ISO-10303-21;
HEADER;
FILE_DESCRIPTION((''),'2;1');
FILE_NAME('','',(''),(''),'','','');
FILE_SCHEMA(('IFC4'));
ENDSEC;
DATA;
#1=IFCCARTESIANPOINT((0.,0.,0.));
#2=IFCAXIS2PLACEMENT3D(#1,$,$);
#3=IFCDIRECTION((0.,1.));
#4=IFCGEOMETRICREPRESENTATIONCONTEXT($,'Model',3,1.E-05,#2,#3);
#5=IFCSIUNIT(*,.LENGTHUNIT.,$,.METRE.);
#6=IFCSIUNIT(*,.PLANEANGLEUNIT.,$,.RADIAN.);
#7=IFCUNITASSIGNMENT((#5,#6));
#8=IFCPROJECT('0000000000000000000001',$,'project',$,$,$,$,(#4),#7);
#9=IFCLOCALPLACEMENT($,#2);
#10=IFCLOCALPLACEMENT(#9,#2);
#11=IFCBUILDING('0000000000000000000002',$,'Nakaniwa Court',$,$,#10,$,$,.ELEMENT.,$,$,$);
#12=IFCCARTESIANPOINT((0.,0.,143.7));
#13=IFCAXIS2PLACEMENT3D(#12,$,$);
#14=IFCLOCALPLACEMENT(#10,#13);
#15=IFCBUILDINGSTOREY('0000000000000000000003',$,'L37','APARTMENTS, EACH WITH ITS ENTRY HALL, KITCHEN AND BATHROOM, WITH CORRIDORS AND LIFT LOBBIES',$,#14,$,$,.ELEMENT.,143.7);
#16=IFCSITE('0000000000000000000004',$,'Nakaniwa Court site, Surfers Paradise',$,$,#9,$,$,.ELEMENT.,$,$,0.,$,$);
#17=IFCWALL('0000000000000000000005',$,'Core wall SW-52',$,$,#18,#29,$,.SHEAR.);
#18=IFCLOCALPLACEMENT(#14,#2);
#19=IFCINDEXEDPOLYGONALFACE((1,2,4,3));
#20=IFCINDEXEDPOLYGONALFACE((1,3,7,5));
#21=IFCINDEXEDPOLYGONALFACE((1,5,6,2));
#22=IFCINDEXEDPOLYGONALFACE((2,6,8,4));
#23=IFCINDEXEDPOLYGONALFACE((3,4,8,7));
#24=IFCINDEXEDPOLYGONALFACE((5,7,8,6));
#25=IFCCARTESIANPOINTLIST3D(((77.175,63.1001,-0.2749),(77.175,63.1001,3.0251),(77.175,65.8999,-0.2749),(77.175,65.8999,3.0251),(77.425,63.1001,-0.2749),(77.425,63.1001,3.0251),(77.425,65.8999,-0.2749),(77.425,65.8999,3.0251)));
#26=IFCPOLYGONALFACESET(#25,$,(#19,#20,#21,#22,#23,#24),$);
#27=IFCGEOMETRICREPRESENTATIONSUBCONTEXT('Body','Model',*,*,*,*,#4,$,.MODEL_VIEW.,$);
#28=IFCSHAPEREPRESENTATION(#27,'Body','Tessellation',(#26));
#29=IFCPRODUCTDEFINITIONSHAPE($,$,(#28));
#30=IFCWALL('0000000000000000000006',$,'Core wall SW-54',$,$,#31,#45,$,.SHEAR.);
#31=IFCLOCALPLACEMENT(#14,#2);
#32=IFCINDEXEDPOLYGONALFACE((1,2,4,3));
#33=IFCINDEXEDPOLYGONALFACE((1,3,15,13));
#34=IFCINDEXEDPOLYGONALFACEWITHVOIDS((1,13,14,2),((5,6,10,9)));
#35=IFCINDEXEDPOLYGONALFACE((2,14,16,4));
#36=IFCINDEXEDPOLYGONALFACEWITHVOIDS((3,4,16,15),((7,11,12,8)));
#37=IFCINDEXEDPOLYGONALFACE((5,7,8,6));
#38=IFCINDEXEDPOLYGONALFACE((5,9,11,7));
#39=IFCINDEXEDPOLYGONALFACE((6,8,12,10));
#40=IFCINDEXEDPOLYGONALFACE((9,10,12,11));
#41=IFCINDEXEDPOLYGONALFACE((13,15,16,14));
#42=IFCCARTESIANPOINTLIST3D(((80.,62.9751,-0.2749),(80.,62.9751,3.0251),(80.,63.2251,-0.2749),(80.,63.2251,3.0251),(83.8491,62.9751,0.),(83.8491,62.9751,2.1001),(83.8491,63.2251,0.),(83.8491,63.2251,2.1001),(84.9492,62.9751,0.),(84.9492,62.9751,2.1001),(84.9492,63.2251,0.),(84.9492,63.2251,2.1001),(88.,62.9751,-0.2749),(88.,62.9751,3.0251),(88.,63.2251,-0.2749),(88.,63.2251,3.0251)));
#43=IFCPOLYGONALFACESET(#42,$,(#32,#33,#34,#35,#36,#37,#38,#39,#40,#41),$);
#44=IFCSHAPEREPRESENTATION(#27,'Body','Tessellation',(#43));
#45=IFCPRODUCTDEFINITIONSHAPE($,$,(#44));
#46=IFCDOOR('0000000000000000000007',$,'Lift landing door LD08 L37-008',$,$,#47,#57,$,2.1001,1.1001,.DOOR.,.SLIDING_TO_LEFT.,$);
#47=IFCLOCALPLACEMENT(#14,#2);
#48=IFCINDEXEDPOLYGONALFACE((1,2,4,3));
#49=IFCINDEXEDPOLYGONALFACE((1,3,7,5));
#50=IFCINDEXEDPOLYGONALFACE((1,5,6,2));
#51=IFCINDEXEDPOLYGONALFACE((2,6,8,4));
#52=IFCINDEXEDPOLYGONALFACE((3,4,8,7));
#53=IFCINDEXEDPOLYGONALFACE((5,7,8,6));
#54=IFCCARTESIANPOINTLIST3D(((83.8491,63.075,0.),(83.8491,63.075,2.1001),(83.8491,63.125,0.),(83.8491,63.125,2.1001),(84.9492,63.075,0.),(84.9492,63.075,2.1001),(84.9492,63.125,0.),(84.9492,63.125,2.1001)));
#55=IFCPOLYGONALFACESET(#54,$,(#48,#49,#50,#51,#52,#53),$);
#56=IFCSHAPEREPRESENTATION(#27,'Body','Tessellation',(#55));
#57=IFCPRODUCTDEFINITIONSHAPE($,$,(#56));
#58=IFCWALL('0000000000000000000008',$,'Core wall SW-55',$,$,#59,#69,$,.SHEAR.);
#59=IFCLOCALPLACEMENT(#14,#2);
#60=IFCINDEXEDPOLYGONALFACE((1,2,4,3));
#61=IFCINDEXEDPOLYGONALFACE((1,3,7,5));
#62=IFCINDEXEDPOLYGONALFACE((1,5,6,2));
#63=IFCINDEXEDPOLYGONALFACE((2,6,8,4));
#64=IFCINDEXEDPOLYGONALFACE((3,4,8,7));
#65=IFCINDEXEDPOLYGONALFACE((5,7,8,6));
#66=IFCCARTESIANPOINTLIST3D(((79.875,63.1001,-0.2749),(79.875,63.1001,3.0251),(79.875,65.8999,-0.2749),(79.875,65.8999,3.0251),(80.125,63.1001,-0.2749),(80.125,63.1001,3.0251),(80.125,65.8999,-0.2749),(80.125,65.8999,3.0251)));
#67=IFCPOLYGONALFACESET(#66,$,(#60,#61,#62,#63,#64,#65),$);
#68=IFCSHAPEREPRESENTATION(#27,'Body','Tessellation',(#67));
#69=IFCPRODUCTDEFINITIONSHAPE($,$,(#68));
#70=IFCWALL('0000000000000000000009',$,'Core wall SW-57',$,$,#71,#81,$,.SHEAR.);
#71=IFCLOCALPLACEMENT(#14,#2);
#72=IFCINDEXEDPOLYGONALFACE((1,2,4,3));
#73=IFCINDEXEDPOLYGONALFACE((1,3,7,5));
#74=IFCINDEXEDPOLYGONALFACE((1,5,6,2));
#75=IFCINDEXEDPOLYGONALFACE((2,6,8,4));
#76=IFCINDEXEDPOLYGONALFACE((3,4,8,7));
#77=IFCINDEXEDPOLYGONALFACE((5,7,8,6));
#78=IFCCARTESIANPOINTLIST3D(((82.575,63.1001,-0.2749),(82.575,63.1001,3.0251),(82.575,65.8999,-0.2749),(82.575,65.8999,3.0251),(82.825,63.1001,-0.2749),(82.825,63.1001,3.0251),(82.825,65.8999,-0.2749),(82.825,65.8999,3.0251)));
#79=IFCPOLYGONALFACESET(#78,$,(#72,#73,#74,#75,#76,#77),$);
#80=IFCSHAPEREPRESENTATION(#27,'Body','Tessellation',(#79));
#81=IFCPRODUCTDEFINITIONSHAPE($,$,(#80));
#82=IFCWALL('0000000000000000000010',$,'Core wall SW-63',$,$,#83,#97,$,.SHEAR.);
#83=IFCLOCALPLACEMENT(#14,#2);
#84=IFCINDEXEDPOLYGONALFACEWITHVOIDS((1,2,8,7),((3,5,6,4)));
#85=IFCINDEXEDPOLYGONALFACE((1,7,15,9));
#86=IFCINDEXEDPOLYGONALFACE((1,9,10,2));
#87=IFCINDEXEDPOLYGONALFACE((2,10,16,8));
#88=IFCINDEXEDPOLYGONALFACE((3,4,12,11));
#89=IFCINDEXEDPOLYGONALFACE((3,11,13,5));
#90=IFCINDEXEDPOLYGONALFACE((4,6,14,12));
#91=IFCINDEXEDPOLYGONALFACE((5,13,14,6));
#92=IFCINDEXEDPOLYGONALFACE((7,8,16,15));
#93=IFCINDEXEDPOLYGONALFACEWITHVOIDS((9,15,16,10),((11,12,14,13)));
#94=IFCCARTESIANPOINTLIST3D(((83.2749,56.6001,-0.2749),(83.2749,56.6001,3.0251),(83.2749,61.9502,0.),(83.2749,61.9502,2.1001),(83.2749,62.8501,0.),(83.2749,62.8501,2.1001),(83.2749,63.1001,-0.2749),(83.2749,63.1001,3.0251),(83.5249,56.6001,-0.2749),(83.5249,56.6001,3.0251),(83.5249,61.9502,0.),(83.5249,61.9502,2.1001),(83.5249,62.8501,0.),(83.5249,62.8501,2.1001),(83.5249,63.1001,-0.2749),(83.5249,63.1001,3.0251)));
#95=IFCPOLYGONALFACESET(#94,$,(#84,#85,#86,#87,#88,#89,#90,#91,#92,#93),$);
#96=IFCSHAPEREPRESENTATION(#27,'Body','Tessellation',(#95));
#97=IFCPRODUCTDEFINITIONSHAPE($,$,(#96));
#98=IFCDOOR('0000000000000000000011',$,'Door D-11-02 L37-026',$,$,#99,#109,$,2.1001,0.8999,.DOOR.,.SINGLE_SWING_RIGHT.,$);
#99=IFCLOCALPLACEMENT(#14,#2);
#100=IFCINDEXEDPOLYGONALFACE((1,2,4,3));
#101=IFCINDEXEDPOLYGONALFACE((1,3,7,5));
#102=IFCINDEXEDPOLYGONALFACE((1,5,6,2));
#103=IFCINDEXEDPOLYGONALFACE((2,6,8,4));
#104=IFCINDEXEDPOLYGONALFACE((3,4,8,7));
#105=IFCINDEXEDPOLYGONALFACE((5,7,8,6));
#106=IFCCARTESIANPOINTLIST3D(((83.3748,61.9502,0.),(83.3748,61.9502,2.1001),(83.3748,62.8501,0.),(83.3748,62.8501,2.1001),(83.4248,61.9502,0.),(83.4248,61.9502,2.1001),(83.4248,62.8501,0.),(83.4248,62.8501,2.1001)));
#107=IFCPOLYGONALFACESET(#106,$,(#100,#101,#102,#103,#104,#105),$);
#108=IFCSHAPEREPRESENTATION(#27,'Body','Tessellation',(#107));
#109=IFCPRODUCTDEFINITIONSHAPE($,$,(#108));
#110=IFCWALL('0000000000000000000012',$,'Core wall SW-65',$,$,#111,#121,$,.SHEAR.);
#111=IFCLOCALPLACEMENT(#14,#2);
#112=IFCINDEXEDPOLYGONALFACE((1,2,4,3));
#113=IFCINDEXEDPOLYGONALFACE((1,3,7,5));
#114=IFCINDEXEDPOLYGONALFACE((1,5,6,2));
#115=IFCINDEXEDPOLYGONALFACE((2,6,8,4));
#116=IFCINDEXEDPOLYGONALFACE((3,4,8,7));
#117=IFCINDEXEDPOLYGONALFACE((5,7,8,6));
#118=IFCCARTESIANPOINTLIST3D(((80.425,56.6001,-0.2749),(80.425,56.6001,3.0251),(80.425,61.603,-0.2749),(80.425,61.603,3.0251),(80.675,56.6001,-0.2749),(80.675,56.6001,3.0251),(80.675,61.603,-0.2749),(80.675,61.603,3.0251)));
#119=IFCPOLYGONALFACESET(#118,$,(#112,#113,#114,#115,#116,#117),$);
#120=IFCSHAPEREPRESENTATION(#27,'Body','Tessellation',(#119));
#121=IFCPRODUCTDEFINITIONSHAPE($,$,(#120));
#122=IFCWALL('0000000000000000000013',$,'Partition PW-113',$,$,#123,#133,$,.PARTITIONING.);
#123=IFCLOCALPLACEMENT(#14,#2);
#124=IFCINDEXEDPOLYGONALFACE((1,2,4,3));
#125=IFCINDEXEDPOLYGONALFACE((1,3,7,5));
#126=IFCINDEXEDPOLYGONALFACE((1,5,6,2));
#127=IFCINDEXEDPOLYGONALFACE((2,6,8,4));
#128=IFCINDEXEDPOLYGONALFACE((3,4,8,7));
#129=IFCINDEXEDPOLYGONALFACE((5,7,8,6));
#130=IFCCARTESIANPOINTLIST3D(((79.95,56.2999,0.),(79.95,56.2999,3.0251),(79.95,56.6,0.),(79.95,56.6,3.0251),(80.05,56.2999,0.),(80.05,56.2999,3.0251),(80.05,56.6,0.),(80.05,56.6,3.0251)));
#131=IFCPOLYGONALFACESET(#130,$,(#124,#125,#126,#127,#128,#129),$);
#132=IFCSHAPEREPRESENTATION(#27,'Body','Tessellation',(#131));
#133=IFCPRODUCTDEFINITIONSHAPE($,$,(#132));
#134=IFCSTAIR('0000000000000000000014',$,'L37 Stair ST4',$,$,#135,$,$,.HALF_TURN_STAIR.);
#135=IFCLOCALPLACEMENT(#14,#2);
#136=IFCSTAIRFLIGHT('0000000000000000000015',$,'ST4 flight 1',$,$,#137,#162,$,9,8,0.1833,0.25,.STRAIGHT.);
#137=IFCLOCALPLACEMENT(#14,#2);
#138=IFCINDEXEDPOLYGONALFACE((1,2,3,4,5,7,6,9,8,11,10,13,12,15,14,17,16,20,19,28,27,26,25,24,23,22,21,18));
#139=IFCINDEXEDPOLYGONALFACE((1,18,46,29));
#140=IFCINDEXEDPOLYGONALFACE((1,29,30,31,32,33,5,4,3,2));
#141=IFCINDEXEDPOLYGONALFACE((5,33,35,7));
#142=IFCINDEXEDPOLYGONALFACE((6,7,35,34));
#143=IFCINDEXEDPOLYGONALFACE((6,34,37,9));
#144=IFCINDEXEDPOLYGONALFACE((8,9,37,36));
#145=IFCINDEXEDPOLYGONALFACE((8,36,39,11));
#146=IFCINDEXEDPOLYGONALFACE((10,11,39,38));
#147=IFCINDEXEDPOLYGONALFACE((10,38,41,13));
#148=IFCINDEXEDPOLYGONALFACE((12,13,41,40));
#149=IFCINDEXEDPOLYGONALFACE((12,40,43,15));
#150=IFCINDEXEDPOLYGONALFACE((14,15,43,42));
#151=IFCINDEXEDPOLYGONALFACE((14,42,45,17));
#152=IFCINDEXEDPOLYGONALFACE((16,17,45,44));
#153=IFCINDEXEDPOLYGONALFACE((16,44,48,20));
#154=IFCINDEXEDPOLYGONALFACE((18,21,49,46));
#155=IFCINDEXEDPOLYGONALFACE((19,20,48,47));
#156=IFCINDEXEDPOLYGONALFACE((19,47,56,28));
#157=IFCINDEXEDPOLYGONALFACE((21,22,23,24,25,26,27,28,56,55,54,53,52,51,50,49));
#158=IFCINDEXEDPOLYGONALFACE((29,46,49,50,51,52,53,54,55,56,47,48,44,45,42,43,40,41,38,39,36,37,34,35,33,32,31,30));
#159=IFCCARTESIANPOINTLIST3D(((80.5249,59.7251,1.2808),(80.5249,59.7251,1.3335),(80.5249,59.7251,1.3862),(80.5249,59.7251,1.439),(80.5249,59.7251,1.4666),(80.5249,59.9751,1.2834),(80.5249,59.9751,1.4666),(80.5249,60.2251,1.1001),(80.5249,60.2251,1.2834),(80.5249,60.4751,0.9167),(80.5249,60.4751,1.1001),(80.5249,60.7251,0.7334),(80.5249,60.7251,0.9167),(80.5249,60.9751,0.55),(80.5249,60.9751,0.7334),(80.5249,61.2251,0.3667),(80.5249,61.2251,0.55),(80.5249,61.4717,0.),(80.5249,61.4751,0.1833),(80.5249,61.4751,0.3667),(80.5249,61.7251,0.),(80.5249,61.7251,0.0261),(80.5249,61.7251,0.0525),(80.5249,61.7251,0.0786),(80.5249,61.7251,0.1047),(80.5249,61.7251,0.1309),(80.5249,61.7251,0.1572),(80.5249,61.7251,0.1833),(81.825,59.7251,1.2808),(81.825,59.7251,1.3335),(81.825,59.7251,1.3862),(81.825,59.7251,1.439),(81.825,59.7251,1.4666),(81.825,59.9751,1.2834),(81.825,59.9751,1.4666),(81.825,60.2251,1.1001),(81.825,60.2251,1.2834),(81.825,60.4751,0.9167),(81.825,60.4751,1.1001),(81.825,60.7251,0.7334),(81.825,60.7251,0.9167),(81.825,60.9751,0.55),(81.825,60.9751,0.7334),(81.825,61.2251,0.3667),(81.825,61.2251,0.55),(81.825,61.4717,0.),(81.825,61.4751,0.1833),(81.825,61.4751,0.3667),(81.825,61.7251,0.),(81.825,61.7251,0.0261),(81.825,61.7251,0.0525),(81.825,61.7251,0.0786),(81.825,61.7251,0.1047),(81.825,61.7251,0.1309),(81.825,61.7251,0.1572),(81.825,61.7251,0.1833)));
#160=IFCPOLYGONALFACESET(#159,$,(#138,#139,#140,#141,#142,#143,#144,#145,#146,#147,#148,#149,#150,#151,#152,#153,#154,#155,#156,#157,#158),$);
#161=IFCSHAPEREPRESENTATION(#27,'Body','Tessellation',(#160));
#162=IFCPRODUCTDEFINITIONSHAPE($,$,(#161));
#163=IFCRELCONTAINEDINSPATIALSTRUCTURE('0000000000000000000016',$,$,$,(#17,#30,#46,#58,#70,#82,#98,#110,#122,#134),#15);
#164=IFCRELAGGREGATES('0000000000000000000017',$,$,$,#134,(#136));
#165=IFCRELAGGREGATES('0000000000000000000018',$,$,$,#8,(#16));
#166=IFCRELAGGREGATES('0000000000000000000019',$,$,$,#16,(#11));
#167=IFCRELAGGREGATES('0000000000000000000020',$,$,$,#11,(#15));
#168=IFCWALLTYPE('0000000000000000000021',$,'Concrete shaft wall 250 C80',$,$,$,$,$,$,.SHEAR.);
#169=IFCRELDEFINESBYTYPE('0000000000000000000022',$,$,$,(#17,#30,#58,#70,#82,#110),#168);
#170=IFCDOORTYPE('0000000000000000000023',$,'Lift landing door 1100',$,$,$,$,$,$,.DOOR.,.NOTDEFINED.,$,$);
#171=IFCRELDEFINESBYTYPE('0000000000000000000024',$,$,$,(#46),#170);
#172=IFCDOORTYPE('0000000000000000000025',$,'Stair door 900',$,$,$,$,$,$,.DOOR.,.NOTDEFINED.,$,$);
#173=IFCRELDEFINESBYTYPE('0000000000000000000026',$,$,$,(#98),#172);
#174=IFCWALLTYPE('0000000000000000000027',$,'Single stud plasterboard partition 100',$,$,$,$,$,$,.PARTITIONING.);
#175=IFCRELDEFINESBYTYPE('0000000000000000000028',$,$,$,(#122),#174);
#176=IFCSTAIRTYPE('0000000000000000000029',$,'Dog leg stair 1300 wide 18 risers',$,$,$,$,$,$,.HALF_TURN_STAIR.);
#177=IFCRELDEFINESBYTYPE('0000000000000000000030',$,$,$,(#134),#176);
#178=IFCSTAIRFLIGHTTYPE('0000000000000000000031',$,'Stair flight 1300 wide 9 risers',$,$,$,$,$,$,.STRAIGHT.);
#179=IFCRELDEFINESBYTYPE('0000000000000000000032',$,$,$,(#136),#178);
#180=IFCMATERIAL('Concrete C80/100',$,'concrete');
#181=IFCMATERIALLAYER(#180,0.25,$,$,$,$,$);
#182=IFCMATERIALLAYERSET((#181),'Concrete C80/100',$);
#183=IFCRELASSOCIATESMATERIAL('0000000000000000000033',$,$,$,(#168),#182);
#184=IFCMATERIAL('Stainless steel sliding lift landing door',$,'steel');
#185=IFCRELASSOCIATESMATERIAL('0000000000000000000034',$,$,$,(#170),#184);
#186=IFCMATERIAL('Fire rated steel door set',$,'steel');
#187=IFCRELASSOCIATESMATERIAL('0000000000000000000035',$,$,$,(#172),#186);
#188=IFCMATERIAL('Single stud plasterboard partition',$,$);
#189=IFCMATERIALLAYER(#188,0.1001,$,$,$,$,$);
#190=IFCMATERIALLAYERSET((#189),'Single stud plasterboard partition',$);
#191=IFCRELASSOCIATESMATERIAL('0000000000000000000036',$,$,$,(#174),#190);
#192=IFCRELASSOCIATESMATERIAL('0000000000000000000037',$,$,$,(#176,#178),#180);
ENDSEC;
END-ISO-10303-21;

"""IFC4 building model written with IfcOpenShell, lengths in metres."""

from ifc_helpers import new_model, si_unit, direction, frame, frame_2d, origin, place, context, subcontext, project, spatial, polyline, rectangle, outline, extrude, material, layer, layer_set, type_object, element, fill, aggregate, save


model = new_model("IFC4")

# Units and contexts
model_context = context("Model", 3, precision=1e-05, world=origin(), true_north=direction((0.0, 1.0)))
body_context = subcontext(model_context, "Body", "Model", "MODEL_VIEW")
ifc_project = project(units=[si_unit("LENGTHUNIT", "METRE"), si_unit("PLANEANGLEUNIT", "RADIAN")], contexts=[model_context])

# Site, building, storey
site_placement = place(None, origin())
site = spatial("IfcSite", under=ifc_project, at=site_placement, Name="Nakaniwa Court site, Surfers Paradise", CompositionType="ELEMENT", RefElevation=0.0)
building_placement = place(site_placement, origin())
building = spatial("IfcBuilding", under=site, at=building_placement, Name="Nakaniwa Court", CompositionType="ELEMENT")
storey_placement = place(building_placement, frame((0.0, 0.0, 143.7)))
storey = spatial("IfcBuildingStorey", under=building, at=storey_placement, Name="L37", Description="APARTMENTS, EACH WITH ITS ENTRY HALL, KITCHEN AND BATHROOM, WITH CORRIDORS AND LIFT LOBBIES", CompositionType="ELEMENT", Elevation=143.7)

# Shared definitions
ifc_material_1 = material(Name="Fire rated steel door set", Category="steel")

# Wall
ifc_material_2 = material(Name="Concrete C80/100", Category="concrete")
ifc_layer_1 = layer(ifc_material_2, 0.25)
ifc_layer_set_1 = layer_set([ifc_layer_1], Name="Concrete C80/100")
wall_type_1 = type_object("IfcWallType", Name="Concrete shaft wall 250 C80", PredefinedType="SHEAR", material=ifc_layer_set_1)
wall_1_placement = place(storey_placement, frame((77.3, 63.1001, -0.2749), z_axis=(0.0, 0.0, 1.0), x_axis=(0.0, 1.0, 0.0)))
element("IfcWall", 1, at=wall_1_placement, inside=storey, type_object=wall_type_1, Name="Core wall SW-52", PredefinedType="SHEAR", context=body_context, shape_type="SweptSolid", body=[
    extrude(rectangle(XDim=2.7998, YDim=0.25, at=frame_2d((1.3999, 0.0))), origin(), (0.0, 0.0, 1.0), 3.3),
])

# Wall, opening, door
wall_2_placement = place(storey_placement, frame((80.0, 63.1001, -0.2749), z_axis=(0.0, 0.0, 1.0), x_axis=(1.0, 0.0, 0.0)))
wall_2 = element("IfcWall", 2, at=wall_2_placement, inside=storey, type_object=wall_type_1, Name="Core wall SW-54", PredefinedType="SHEAR", context=body_context, shape_type="SweptSolid", body=[
    extrude(rectangle(XDim=8.0, YDim=0.25, at=frame_2d((4.0, 0.0))), origin(), (0.0, 0.0, 1.0), 3.3),
])
opening_1_placement = place(wall_2_placement, frame((3.8491, 0.0, 0.2749)))
opening_1 = element("IfcOpeningElement", 3, at=opening_1_placement, cuts=wall_2, PredefinedType="OPENING", context=body_context, shape_type="SweptSolid", body=[
    extrude(rectangle(XDim=1.1001, YDim=2.1001, at=frame_2d((0.55, 1.05))), frame((0.0, 0.135, 0.0), z_axis=(0.0, -1.0, 0.0), x_axis=(1.0, 0.0, 0.0)), (0.0, 0.0, 1.0), 0.27),
])
ifc_material_3 = material(Name="Stainless steel sliding lift landing door", Category="steel")
door_type_1 = type_object("IfcDoorType", Name="Lift landing door 1100", OperationType="NOTDEFINED", PredefinedType="DOOR", material=ifc_material_3)
door_1_placement = place(opening_1_placement, origin())
door_1 = element("IfcDoor", 4, at=door_1_placement, inside=storey, type_object=door_type_1, Name="Lift landing door LD08 L37-008", OperationType="SLIDING_TO_LEFT", OverallHeight=2.1001, OverallWidth=1.1001, PredefinedType="DOOR", context=body_context, shape_type="SweptSolid", body=[
    extrude(rectangle(XDim=1.1001, YDim=2.1001, at=frame_2d((0.55, 1.05))), frame((0.0, 0.0249, 0.0), z_axis=(0.0, -1.0, 0.0), x_axis=(1.0, 0.0, 0.0)), (0.0, 0.0, 1.0), 0.05),
])
fill(opening_1, door_1)

# Walls
for number, where, z_axis, x_axis, name in (
    (5, (80.0, 63.1001, -0.2749), (0.0, 0.0, 1.0), (0.0, 1.0, 0.0), "Core wall SW-55"),
    (6, (82.7, 63.1001, -0.2749), (0.0, 0.0, 1.0), (0.0, 1.0, 0.0), "Core wall SW-57"),
):
    element("IfcWall", number, at=place(storey_placement, frame(where, z_axis=z_axis, x_axis=x_axis)), inside=storey, type_object=wall_type_1, Name=name, PredefinedType="SHEAR", context=body_context, shape_type="SweptSolid", body=[
        extrude(rectangle(XDim=2.7998, YDim=0.25, at=frame_2d((1.3999, 0.0))), origin(), (0.0, 0.0, 1.0), 3.3),
    ])

# Wall, opening, door
wall_3_placement = place(storey_placement, frame((83.3999, 63.1001, -0.2749), z_axis=(0.0, 0.0, 1.0), x_axis=(0.0, -1.0, 0.0)))
wall_3 = element("IfcWall", 7, at=wall_3_placement, inside=storey, type_object=wall_type_1, Name="Core wall SW-63", PredefinedType="SHEAR", context=body_context, shape_type="SweptSolid", body=[
    extrude(rectangle(XDim=6.5, YDim=0.25, at=frame_2d((3.25, 0.0))), origin(), (0.0, 0.0, 1.0), 3.3),
])
opening_2_placement = place(wall_3_placement, frame((0.25, 0.0, 0.2749)))
opening_2 = element("IfcOpeningElement", 8, at=opening_2_placement, cuts=wall_3, PredefinedType="OPENING", context=body_context, shape_type="SweptSolid", body=[
    extrude(rectangle(XDim=0.8999, YDim=2.1001, at=frame_2d((0.45, 1.05))), frame((0.0, 0.135, 0.0), z_axis=(0.0, -1.0, 0.0), x_axis=(1.0, 0.0, 0.0)), (0.0, 0.0, 1.0), 0.27),
])
door_type_2 = type_object("IfcDoorType", Name="Stair door 900", OperationType="NOTDEFINED", PredefinedType="DOOR", material=ifc_material_1)
door_2_placement = place(opening_2_placement, origin())
door_2 = element("IfcDoor", 9, at=door_2_placement, inside=storey, type_object=door_type_2, Name="Door D-11-02 L37-026", OperationType="SINGLE_SWING_RIGHT", OverallHeight=2.1001, OverallWidth=0.8999, PredefinedType="DOOR", context=body_context, shape_type="SweptSolid", body=[
    extrude(rectangle(XDim=0.8999, YDim=2.1001, at=frame_2d((0.45, 1.05))), frame((0.0, 0.0249, 0.0), z_axis=(0.0, -1.0, 0.0), x_axis=(1.0, 0.0, 0.0)), (0.0, 0.0, 1.0), 0.05),
])
fill(opening_2, door_2)

# Walls
wall_4_placement = place(storey_placement, frame((80.55, 56.6001, -0.2749), z_axis=(0.0, 0.0, 1.0), x_axis=(0.0, 1.0, 0.0)))
element("IfcWall", 10, at=wall_4_placement, inside=storey, type_object=wall_type_1, Name="Core wall SW-65", PredefinedType="SHEAR", context=body_context, shape_type="SweptSolid", body=[
    extrude(rectangle(XDim=5.0029, YDim=0.25, at=frame_2d((2.5015, 0.0))), origin(), (0.0, 0.0, 1.0), 3.3),
])
ifc_material_4 = material(Name="Single stud plasterboard partition")
ifc_layer_2 = layer(ifc_material_4, 0.1001)
ifc_layer_set_2 = layer_set([ifc_layer_2], Name="Single stud plasterboard partition")
wall_type_2 = type_object("IfcWallType", Name="Single stud plasterboard partition 100", PredefinedType="PARTITIONING", material=ifc_layer_set_2)
wall_5_placement = place(storey_placement, frame((80.0, 56.3, 0.0), z_axis=(0.0, 0.0, 1.0), x_axis=(0.0, 1.0, 0.0)))
element("IfcWall", 11, at=wall_5_placement, inside=storey, type_object=wall_type_2, Name="Partition PW-113", PredefinedType="PARTITIONING", context=body_context, shape_type="SweptSolid", body=[
    extrude(rectangle(XDim=0.3, YDim=0.1001, at=frame_2d((0.1499, 0.0))), origin(), (0.0, 0.0, 1.0), 3.0251),
])

# Stair, stair flight
stair_type = type_object("IfcStairType", Name="Dog leg stair 1300 wide 18 risers", PredefinedType="HALF_TURN_STAIR", material=ifc_material_2)
stair_placement = place(storey_placement, origin())
stair = element("IfcStair", 12, at=stair_placement, inside=storey, type_object=stair_type, Name="L37 Stair ST4", PredefinedType="HALF_TURN_STAIR")
stair_flight_type = type_object("IfcStairFlightType", Name="Stair flight 1300 wide 9 risers", PredefinedType="STRAIGHT", material=ifc_material_2)
stair_flight_1_placement = place(storey_placement, frame((81.175, 61.7251, 0.0), z_axis=(0.0, 0.0, 1.0), x_axis=(0.0, -1.0, 0.0)))
stair_flight_1 = element("IfcStairFlight", 13, at=stair_flight_1_placement, type_object=stair_flight_type, Name="ST4 flight 1", NumberOfRisers=9, NumberOfTreads=8, PredefinedType="STRAIGHT", RiserHeight=0.1833, TreadLength=0.25, context=body_context, shape_type="SweptSolid", body=[
    extrude(outline(polyline([(0.0, 0.0), (0.0, 0.0261), (0.0, 0.0525), (0.0, 0.0786), (0.0, 0.1047), (0.0, 0.1309), (0.0, 0.1572), (0.0, 0.1833), (0.25, 0.1833), (0.25, 0.3667), (0.5, 0.3667), (0.5, 0.55), (0.75, 0.55), (0.75, 0.7334), (1.0, 0.7334), (1.0, 0.9167), (1.25, 0.9167), (1.25, 1.1001), (1.5, 1.1001), (1.5, 1.2834), (1.75, 1.2834), (1.75, 1.4666), (2.0, 1.4666), (2.0, 1.6499), (2.0, 1.5972), (2.0, 1.5444), (2.0, 1.4917), (2.0, 1.439), (2.0, 1.3862), (2.0, 1.3335), (2.0, 1.2808), (0.2534, 0.0), (0.0, 0.0)])), frame((0.0, 0.6499, 0.0), z_axis=(0.0, -1.0, 0.0), x_axis=(1.0, 0.0, 0.0)), (0.0, 0.0, 1.0), 1.3),
])
aggregate(stair, [stair_flight_1])

save(model, "model.ifc")
